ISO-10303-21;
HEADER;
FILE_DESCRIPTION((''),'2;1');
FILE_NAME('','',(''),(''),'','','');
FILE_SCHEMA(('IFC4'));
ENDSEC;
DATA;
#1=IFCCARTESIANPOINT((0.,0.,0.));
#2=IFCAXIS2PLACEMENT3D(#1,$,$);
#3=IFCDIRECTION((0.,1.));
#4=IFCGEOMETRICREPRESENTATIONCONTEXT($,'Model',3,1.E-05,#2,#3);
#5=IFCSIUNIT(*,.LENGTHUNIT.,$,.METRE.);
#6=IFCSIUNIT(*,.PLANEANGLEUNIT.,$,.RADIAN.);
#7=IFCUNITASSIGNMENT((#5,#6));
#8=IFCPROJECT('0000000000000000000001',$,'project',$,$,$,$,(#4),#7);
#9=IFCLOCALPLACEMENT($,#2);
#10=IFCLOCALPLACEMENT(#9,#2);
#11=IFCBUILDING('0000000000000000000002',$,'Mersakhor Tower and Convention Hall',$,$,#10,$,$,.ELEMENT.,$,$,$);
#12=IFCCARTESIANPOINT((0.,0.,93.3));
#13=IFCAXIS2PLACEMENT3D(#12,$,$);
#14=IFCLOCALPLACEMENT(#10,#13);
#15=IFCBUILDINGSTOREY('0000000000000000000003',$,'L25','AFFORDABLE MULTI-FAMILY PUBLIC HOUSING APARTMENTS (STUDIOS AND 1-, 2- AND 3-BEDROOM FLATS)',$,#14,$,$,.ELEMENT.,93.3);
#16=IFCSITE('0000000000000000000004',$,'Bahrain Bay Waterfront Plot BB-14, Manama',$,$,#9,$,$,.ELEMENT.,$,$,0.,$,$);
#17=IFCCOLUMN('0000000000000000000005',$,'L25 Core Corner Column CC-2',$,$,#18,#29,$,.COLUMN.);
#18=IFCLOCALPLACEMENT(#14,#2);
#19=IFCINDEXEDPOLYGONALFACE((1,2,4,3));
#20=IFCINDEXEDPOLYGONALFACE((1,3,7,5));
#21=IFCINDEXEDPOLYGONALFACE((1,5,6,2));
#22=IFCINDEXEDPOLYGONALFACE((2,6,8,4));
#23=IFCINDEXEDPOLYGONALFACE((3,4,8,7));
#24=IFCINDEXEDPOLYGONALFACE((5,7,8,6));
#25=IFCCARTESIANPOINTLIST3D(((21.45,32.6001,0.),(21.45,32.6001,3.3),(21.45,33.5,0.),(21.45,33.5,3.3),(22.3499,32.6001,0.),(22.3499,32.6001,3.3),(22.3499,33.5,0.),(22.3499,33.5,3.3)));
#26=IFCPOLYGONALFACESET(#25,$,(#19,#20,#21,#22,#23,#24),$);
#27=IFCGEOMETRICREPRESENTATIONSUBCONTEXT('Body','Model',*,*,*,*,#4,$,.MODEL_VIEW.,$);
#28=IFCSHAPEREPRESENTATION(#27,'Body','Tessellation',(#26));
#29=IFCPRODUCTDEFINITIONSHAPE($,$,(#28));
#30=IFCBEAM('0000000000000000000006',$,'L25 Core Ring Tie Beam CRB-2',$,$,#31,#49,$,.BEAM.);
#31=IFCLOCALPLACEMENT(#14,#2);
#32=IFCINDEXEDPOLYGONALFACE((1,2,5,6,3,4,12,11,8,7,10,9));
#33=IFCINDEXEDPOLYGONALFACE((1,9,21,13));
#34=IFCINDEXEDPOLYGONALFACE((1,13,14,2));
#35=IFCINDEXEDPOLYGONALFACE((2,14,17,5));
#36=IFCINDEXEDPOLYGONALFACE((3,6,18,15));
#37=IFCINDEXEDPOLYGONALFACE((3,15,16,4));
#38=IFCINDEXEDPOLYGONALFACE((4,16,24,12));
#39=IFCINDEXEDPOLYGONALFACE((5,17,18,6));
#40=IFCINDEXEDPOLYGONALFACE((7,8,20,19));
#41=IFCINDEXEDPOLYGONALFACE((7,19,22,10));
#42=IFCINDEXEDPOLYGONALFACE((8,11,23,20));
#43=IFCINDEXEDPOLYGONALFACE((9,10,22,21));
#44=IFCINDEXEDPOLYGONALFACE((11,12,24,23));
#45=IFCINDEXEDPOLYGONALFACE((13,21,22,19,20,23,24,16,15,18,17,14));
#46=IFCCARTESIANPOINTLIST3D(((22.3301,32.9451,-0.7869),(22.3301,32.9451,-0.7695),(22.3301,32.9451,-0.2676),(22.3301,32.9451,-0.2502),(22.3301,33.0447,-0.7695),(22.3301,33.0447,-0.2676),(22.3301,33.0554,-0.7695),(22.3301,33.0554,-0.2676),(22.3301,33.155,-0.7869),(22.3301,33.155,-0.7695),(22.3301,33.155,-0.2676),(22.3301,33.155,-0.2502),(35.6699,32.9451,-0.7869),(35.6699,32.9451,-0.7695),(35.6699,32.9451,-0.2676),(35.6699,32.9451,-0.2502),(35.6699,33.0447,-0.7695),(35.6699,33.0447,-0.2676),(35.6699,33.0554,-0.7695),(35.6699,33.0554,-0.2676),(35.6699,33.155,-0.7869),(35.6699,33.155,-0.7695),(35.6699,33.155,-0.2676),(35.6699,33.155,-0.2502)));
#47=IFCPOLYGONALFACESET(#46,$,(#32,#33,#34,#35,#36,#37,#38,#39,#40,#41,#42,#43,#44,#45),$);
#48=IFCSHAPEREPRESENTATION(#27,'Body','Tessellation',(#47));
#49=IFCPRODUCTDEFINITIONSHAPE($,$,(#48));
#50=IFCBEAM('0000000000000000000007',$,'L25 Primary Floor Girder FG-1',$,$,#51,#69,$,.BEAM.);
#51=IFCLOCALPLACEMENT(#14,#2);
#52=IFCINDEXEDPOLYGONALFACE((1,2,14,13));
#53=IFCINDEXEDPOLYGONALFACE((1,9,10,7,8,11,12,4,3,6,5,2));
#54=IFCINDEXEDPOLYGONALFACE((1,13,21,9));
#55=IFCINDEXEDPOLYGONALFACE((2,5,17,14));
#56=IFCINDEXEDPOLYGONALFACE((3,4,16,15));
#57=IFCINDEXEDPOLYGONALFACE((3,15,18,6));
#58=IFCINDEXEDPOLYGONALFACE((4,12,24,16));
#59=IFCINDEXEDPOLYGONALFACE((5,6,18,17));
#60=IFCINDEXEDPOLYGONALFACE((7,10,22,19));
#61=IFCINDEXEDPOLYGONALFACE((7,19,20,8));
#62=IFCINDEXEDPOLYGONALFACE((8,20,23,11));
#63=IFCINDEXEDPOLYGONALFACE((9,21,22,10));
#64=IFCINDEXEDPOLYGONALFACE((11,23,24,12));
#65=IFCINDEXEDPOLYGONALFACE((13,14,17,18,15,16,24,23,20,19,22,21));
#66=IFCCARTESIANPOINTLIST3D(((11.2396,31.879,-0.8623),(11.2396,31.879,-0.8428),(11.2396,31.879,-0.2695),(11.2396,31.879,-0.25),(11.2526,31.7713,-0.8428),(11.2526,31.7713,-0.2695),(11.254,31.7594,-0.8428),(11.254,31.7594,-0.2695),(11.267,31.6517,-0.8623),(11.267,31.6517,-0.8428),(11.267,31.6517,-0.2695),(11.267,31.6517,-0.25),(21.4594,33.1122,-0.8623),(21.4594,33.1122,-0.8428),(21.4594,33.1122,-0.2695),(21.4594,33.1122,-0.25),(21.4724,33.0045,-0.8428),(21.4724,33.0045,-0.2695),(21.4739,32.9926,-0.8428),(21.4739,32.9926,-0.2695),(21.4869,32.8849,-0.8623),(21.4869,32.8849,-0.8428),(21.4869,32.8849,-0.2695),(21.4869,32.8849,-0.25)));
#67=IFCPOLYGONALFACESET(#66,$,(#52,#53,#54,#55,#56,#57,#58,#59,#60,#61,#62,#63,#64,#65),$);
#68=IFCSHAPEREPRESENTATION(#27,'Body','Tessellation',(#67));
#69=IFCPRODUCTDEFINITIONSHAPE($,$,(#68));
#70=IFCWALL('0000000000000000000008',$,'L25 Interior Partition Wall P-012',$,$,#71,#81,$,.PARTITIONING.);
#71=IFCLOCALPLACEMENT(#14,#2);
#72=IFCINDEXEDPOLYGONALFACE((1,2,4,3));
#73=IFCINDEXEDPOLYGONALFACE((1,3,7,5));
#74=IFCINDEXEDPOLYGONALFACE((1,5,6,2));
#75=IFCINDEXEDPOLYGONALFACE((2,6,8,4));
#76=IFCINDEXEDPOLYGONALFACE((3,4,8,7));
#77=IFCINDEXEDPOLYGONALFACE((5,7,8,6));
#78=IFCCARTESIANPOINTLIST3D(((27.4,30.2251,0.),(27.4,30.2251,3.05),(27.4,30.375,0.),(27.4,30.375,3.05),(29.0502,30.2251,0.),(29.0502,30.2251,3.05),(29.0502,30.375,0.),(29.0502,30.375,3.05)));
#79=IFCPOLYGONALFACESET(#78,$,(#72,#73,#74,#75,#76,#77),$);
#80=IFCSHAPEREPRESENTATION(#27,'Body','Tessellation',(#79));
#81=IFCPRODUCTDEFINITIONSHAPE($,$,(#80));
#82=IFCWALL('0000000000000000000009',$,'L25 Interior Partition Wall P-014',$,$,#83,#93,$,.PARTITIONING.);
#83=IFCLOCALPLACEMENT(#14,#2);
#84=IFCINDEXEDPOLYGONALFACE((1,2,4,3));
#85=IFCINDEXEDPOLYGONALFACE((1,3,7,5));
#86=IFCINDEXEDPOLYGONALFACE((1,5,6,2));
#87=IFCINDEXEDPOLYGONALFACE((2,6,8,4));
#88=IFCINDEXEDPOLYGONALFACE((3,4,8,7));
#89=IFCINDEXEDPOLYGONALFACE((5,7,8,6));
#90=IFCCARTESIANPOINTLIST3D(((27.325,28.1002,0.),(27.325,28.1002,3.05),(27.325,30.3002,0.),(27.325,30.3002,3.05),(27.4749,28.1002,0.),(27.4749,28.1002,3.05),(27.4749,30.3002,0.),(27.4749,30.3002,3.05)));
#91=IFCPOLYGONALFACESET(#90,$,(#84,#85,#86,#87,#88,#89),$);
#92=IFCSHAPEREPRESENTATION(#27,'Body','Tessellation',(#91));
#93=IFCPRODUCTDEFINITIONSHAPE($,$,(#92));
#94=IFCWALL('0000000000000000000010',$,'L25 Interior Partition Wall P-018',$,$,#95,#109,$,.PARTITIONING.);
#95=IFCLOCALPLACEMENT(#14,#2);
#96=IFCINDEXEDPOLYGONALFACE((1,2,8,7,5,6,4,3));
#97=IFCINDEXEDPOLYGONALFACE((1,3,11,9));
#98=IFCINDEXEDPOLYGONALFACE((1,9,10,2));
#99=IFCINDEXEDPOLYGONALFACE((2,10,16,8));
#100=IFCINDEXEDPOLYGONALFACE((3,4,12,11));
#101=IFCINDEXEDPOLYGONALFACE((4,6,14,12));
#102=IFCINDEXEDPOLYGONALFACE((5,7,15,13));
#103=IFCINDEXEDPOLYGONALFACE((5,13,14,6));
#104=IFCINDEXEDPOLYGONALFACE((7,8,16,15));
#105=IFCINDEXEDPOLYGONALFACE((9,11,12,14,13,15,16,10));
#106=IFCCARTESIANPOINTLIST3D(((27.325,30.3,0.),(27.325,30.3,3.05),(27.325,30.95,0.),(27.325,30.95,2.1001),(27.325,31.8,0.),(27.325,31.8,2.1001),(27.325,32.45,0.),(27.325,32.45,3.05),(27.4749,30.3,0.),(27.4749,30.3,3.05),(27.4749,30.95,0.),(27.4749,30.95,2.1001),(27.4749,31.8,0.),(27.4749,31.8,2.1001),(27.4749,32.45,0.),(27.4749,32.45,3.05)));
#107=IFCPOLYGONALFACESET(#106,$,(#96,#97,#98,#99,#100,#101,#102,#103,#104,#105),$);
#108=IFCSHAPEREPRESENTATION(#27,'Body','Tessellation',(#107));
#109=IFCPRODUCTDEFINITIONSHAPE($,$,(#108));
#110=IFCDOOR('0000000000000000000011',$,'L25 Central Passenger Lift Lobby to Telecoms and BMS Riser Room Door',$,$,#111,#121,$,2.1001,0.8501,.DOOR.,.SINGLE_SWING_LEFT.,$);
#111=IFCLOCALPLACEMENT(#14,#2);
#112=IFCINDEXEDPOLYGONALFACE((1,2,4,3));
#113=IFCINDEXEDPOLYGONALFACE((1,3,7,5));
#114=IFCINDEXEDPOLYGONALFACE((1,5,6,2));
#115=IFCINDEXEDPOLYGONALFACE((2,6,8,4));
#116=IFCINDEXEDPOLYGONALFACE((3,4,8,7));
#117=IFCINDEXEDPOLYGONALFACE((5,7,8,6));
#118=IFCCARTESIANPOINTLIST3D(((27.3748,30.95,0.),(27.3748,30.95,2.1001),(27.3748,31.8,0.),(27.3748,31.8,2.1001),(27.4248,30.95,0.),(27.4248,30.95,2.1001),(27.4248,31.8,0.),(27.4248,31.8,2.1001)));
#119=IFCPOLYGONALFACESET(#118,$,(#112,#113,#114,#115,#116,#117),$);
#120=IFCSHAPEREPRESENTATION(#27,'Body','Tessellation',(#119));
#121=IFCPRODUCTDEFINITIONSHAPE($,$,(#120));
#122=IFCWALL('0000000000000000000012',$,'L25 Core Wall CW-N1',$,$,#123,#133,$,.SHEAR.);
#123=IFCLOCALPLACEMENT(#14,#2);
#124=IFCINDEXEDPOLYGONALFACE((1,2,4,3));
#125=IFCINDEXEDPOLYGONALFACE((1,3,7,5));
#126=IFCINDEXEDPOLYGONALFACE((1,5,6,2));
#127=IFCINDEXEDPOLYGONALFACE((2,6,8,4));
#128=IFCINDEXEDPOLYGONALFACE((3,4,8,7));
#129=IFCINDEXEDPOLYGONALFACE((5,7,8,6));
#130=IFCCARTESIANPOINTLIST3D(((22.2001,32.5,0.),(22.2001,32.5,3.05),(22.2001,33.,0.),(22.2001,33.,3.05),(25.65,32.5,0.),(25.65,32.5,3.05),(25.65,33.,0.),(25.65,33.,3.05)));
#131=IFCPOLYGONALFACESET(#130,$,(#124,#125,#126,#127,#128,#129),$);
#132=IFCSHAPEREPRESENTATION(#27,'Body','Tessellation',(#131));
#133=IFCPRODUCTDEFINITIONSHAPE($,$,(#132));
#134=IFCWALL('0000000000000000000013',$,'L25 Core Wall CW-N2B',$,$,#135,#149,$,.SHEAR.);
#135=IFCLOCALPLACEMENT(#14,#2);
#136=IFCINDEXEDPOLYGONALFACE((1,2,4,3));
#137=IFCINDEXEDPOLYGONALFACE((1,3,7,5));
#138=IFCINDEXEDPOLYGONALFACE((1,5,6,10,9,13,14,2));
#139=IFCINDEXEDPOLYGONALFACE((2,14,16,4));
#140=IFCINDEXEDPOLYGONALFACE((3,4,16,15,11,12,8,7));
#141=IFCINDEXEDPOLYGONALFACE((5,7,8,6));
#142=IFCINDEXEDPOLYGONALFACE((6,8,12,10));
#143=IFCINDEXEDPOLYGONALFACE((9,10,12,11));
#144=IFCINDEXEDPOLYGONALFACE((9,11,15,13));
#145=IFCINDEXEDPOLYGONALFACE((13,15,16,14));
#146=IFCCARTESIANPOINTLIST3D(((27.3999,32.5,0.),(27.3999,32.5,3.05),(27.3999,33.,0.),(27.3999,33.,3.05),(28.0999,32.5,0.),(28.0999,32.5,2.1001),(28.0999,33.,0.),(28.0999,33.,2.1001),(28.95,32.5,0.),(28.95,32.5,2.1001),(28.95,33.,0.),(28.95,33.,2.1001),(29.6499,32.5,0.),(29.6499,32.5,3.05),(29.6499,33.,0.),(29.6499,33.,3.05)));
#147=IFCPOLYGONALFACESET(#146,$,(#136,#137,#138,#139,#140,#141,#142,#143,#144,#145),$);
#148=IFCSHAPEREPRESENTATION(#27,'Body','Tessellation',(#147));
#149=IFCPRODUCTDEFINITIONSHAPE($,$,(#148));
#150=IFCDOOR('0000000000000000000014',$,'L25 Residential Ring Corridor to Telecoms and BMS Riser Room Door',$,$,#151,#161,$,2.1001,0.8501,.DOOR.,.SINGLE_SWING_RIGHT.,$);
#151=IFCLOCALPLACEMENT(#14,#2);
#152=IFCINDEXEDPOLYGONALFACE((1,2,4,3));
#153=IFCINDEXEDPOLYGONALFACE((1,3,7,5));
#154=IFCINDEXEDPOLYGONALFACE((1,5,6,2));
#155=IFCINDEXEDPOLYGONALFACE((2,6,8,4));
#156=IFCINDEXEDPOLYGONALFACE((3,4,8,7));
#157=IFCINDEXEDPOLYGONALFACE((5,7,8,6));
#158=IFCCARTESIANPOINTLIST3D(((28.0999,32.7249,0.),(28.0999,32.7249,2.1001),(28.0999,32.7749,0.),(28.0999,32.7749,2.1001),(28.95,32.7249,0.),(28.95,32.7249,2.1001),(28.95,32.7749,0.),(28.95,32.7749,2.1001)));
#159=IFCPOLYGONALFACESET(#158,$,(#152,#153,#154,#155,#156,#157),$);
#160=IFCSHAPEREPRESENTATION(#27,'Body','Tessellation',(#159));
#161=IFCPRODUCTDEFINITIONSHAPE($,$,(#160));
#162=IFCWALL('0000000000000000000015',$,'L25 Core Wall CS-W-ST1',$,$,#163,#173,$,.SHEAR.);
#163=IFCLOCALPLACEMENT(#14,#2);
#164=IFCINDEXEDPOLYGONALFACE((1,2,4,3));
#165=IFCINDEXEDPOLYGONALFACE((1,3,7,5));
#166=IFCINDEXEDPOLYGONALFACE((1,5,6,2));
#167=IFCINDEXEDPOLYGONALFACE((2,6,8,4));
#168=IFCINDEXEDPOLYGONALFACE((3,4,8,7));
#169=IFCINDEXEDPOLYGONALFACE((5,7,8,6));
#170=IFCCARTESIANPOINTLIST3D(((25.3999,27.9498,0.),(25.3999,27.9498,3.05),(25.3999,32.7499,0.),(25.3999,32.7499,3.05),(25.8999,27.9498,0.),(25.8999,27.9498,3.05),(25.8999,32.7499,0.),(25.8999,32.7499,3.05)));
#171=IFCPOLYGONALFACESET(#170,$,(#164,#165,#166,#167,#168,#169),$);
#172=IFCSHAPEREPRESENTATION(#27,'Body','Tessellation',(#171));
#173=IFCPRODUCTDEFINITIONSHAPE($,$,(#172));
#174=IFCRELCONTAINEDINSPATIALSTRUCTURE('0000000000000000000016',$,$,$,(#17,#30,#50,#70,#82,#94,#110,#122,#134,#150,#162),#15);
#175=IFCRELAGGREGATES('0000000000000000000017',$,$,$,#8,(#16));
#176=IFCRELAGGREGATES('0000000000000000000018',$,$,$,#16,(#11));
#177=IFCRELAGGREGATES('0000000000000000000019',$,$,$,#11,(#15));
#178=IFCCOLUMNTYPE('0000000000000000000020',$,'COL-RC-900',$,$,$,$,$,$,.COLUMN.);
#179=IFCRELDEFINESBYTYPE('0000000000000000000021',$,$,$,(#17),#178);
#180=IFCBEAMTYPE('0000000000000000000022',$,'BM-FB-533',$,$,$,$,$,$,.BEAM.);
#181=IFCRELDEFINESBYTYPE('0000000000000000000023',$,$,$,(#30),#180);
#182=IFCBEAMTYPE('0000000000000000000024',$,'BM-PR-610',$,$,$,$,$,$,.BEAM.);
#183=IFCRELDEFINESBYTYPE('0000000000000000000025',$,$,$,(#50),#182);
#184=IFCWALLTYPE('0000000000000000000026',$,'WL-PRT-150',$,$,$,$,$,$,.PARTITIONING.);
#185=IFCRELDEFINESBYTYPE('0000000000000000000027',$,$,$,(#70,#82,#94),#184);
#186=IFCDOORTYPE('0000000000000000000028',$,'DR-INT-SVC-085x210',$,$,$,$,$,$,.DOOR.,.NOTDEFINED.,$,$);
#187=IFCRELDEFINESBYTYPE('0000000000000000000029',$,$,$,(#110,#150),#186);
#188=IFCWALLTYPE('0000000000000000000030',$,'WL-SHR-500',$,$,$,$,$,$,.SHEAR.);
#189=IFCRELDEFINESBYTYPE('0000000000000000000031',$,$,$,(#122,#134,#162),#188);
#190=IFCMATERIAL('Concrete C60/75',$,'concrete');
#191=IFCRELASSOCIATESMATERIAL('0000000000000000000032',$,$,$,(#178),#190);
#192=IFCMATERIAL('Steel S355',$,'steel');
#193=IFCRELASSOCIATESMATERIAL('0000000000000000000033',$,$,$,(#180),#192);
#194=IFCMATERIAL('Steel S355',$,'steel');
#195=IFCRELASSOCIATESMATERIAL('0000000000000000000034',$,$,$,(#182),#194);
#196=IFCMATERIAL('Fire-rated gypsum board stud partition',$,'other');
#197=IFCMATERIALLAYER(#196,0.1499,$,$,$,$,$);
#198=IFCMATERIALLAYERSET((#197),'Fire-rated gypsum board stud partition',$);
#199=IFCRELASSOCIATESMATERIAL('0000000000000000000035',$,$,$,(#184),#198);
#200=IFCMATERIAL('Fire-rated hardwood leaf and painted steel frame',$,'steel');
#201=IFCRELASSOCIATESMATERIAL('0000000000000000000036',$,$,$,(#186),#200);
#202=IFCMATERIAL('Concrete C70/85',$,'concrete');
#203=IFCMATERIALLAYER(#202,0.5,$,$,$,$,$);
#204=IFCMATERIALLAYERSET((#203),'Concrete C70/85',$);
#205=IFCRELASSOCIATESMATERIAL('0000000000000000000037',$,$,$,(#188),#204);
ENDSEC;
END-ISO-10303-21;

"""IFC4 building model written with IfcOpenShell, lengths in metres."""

from ifc_helpers import new_model, si_unit, direction, frame, frame_2d, origin, origin_2d, place, context, subcontext, project, spatial, rectangle, i_section, extrude, material, layer, layer_set, material_profile, profile_set, type_object, element, fill, save


model = new_model("IFC4")

# Units and contexts
model_context = context("Model", 3, precision=1e-05, world=origin(), true_north=direction((0.0, 1.0)))
body_context = subcontext(model_context, "Body", "Model", "MODEL_VIEW")
ifc_project = project(units=[si_unit("LENGTHUNIT", "METRE"), si_unit("PLANEANGLEUNIT", "RADIAN")], contexts=[model_context])

# Site, building, storey
site_placement = place(None, origin())
site = spatial("IfcSite", under=ifc_project, at=site_placement, Name="Bahrain Bay Waterfront Plot BB-14, Manama", CompositionType="ELEMENT", RefElevation=0.0)
building_placement = place(site_placement, origin())
building = spatial("IfcBuilding", under=site, at=building_placement, Name="Mersakhor Tower and Convention Hall", CompositionType="ELEMENT")
storey_placement = place(building_placement, frame((0.0, 0.0, 93.3)))
storey = spatial("IfcBuildingStorey", under=building, at=storey_placement, Name="L25", Description="AFFORDABLE MULTI-FAMILY PUBLIC HOUSING APARTMENTS (STUDIOS AND 1-, 2- AND 3-BEDROOM FLATS)", CompositionType="ELEMENT", Elevation=93.3)

# Column
ifc_material_1 = material(Name="Concrete C60/75", Category="concrete")
ifc_material_profile_1 = material_profile(ifc_material_1, rectangle(XDim=0.8999, YDim=0.8999, at=origin_2d()), Name="RC 900x900")
ifc_profile_set_1 = profile_set([ifc_material_profile_1], Name="Concrete C60/75")
column_type = type_object("IfcColumnType", Name="COL-RC-900", PredefinedType="COLUMN", material=ifc_profile_set_1)
column_placement = place(storey_placement, frame((21.8999, 33.05, 0.0), z_axis=(0.0, 0.0, 1.0), x_axis=(1.0, 0.0, 0.0)))
element("IfcColumn", 1, at=column_placement, inside=storey, type_object=column_type, Name="L25 Core Corner Column CC-2", PredefinedType="COLUMN", context=body_context, shape_type="SweptSolid", body=[
    extrude(rectangle(XDim=0.8999, YDim=0.8999, at=origin_2d()), origin(), (0.0, 0.0, 1.0), 3.3),
])

# Beams
ifc_material_2 = material(Name="Steel S355", Category="steel")
ifc_material_profile_2 = material_profile(ifc_material_2, i_section(OverallWidth=0.21, OverallDepth=0.5366, WebThickness=0.0107, FlangeThickness=0.0173, at=origin_2d()), Name="UB 533x210x101")
ifc_profile_set_2 = profile_set([ifc_material_profile_2], Name="Steel S355")
beam_type_1 = type_object("IfcBeamType", Name="BM-FB-533", PredefinedType="BEAM", material=ifc_profile_set_2)
beam_1_placement = place(storey_placement, frame((22.3301, 33.05, -0.5186), z_axis=(1.0, 0.0, 0.0), x_axis=(0.0, 1.0, 0.0)))
element("IfcBeam", 2, at=beam_1_placement, inside=storey, type_object=beam_type_1, Name="L25 Core Ring Tie Beam CRB-2", PredefinedType="BEAM", context=body_context, shape_type="SweptSolid", body=[
    extrude(i_section(OverallWidth=0.21, OverallDepth=0.5366, WebThickness=0.0107, FlangeThickness=0.0173, at=origin_2d()), origin(), (0.0, 0.0, 1.0), 13.3398),
])
ifc_material_3 = material(Name="Steel S355", Category="steel")
ifc_material_profile_3 = material_profile(ifc_material_3, i_section(OverallWidth=0.229, OverallDepth=0.6123, WebThickness=0.012, FlangeThickness=0.0195, at=origin_2d()), Name="UB 610x229x125")
ifc_profile_set_3 = profile_set([ifc_material_profile_3], Name="Steel S355")
beam_type_2 = type_object("IfcBeamType", Name="BM-PR-610", PredefinedType="BEAM", material=ifc_profile_set_3)
beam_2_placement = place(storey_placement, frame((21.4731, 32.9985, -0.5562), z_axis=(-0.992799, -0.119795, 0.0), x_axis=(0.119795, -0.992799, 0.0)))
element("IfcBeam", 3, at=beam_2_placement, inside=storey, type_object=beam_type_2, Name="L25 Primary Floor Girder FG-1", PredefinedType="BEAM", context=body_context, shape_type="SweptSolid", body=[
    extrude(i_section(OverallWidth=0.229, OverallDepth=0.6123, WebThickness=0.012, FlangeThickness=0.0195, at=origin_2d()), origin(), (0.0, 0.0, 1.0), 10.2939),
])

# Walls
ifc_material_4 = material(Name="Fire-rated gypsum board stud partition", Category="other")
ifc_layer_1 = layer(ifc_material_4, 0.1499)
ifc_layer_set_1 = layer_set([ifc_layer_1], Name="Fire-rated gypsum board stud partition")
wall_type_1 = type_object("IfcWallType", Name="WL-PRT-150", PredefinedType="PARTITIONING", material=ifc_layer_set_1)
wall_1_placement = place(storey_placement, frame((27.3999, 30.3, 0.0), z_axis=(0.0, 0.0, 1.0), x_axis=(1.0, 0.0, 0.0)))
element("IfcWall", 4, at=wall_1_placement, inside=storey, type_object=wall_type_1, Name="L25 Interior Partition Wall P-012", PredefinedType="PARTITIONING", context=body_context, shape_type="SweptSolid", body=[
    extrude(rectangle(XDim=1.6501, YDim=0.1499, at=frame_2d((0.8252, 0.0))), origin(), (0.0, 0.0, 1.0), 3.05),
])
wall_2_placement = place(storey_placement, frame((27.3999, 28.1001, 0.0), z_axis=(0.0, 0.0, 1.0), x_axis=(0.0, 1.0, 0.0)))
element("IfcWall", 5, at=wall_2_placement, inside=storey, type_object=wall_type_1, Name="L25 Interior Partition Wall P-014", PredefinedType="PARTITIONING", context=body_context, shape_type="SweptSolid", body=[
    extrude(rectangle(XDim=2.2, YDim=0.1499, at=frame_2d((1.1001, 0.0))), origin(), (0.0, 0.0, 1.0), 3.05),
])

# Wall, opening, door
wall_3_placement = place(storey_placement, frame((27.3999, 32.45, 0.0), z_axis=(0.0, 0.0, 1.0), x_axis=(0.0, -1.0, 0.0)))
wall_3 = element("IfcWall", 6, at=wall_3_placement, inside=storey, type_object=wall_type_1, Name="L25 Interior Partition Wall P-018", PredefinedType="PARTITIONING", context=body_context, shape_type="SweptSolid", body=[
    extrude(rectangle(XDim=2.1499, YDim=0.1499, at=frame_2d((1.075, 0.0))), origin(), (0.0, 0.0, 1.0), 3.05),
])
opening_1_placement = place(wall_3_placement, frame((0.6499, 0.0, 0.0)))
opening_1 = element("IfcOpeningElement", 7, at=opening_1_placement, cuts=wall_3, PredefinedType="OPENING", context=body_context, shape_type="SweptSolid", body=[
    extrude(rectangle(XDim=0.8501, YDim=2.1001, at=frame_2d((0.425, 1.05))), frame((0.0, 0.085, 0.0), z_axis=(0.0, -1.0, 0.0), x_axis=(1.0, 0.0, 0.0)), (0.0, 0.0, 1.0), 0.1699),
])
ifc_material_5 = material(Name="Fire-rated hardwood leaf and painted steel frame", Category="steel")
door_type_1 = type_object("IfcDoorType", Name="DR-INT-SVC-085x210", OperationType="NOTDEFINED", PredefinedType="DOOR", material=ifc_material_5)
door_1_placement = place(opening_1_placement, origin())
door_1 = element("IfcDoor", 8, at=door_1_placement, inside=storey, type_object=door_type_1, Name="L25 Central Passenger Lift Lobby to Telecoms and BMS Riser Room Door", OperationType="SINGLE_SWING_LEFT", OverallHeight=2.1001, OverallWidth=0.8501, PredefinedType="DOOR", context=body_context, shape_type="SweptSolid", body=[
    extrude(rectangle(XDim=0.8501, YDim=2.1001, at=frame_2d((0.425, 1.05))), frame((0.0, 0.0249, 0.0), z_axis=(0.0, -1.0, 0.0), x_axis=(1.0, 0.0, 0.0)), (0.0, 0.0, 1.0), 0.05),
])
fill(opening_1, door_1)

# Wall
ifc_material_6 = material(Name="Concrete C70/85", Category="concrete")
ifc_layer_2 = layer(ifc_material_6, 0.5)
ifc_layer_set_2 = layer_set([ifc_layer_2], Name="Concrete C70/85")
wall_type_2 = type_object("IfcWallType", Name="WL-SHR-500", PredefinedType="SHEAR", material=ifc_layer_set_2)
wall_4_placement = place(storey_placement, frame((22.2, 32.75, 0.0), z_axis=(0.0, 0.0, 1.0), x_axis=(1.0, 0.0, 0.0)))
element("IfcWall", 9, at=wall_4_placement, inside=storey, type_object=wall_type_2, Name="L25 Core Wall CW-N1", PredefinedType="SHEAR", context=body_context, shape_type="SweptSolid", body=[
    extrude(rectangle(XDim=3.45, YDim=0.5, at=frame_2d((1.7251, 0.0))), origin(), (0.0, 0.0, 1.0), 3.05),
])

# Wall, opening, door
wall_5_placement = place(storey_placement, frame((27.3999, 32.75, 0.0), z_axis=(0.0, 0.0, 1.0), x_axis=(1.0, 0.0, 0.0)))
wall_5 = element("IfcWall", 10, at=wall_5_placement, inside=storey, type_object=wall_type_2, Name="L25 Core Wall CW-N2B", PredefinedType="SHEAR", context=body_context, shape_type="SweptSolid", body=[
    extrude(rectangle(XDim=2.25, YDim=0.5, at=frame_2d((1.125, 0.0))), origin(), (0.0, 0.0, 1.0), 3.05),
])
opening_2_placement = place(wall_5_placement, frame((0.7, 0.0, 0.0)))
opening_2 = element("IfcOpeningElement", 11, at=opening_2_placement, cuts=wall_5, PredefinedType="OPENING", context=body_context, shape_type="SweptSolid", body=[
    extrude(rectangle(XDim=0.8501, YDim=2.1001, at=frame_2d((0.425, 1.05))), frame((0.0, 0.26, 0.0), z_axis=(0.0, -1.0, 0.0), x_axis=(1.0, 0.0, 0.0)), (0.0, 0.0, 1.0), 0.52),
])
door_2_placement = place(opening_2_placement, origin())
door_2 = element("IfcDoor", 12, at=door_2_placement, inside=storey, type_object=door_type_1, Name="L25 Residential Ring Corridor to Telecoms and BMS Riser Room Door", OperationType="SINGLE_SWING_RIGHT", OverallHeight=2.1001, OverallWidth=0.8501, PredefinedType="DOOR", context=body_context, shape_type="SweptSolid", body=[
    extrude(rectangle(XDim=0.8501, YDim=2.1001, at=frame_2d((0.425, 1.05))), frame((0.0, 0.0249, 0.0), z_axis=(0.0, -1.0, 0.0), x_axis=(1.0, 0.0, 0.0)), (0.0, 0.0, 1.0), 0.05),
])
fill(opening_2, door_2)

# Wall
wall_6_placement = place(storey_placement, frame((25.6499, 27.95, 0.0), z_axis=(0.0, 0.0, 1.0), x_axis=(0.0, 1.0, 0.0)))
element("IfcWall", 13, at=wall_6_placement, inside=storey, type_object=wall_type_2, Name="L25 Core Wall CS-W-ST1", PredefinedType="SHEAR", context=body_context, shape_type="SweptSolid", body=[
    extrude(rectangle(XDim=4.8, YDim=0.5, at=frame_2d((2.3999, 0.0))), origin(), (0.0, 0.0, 1.0), 3.05),
])

save(model, "model.ifc")
